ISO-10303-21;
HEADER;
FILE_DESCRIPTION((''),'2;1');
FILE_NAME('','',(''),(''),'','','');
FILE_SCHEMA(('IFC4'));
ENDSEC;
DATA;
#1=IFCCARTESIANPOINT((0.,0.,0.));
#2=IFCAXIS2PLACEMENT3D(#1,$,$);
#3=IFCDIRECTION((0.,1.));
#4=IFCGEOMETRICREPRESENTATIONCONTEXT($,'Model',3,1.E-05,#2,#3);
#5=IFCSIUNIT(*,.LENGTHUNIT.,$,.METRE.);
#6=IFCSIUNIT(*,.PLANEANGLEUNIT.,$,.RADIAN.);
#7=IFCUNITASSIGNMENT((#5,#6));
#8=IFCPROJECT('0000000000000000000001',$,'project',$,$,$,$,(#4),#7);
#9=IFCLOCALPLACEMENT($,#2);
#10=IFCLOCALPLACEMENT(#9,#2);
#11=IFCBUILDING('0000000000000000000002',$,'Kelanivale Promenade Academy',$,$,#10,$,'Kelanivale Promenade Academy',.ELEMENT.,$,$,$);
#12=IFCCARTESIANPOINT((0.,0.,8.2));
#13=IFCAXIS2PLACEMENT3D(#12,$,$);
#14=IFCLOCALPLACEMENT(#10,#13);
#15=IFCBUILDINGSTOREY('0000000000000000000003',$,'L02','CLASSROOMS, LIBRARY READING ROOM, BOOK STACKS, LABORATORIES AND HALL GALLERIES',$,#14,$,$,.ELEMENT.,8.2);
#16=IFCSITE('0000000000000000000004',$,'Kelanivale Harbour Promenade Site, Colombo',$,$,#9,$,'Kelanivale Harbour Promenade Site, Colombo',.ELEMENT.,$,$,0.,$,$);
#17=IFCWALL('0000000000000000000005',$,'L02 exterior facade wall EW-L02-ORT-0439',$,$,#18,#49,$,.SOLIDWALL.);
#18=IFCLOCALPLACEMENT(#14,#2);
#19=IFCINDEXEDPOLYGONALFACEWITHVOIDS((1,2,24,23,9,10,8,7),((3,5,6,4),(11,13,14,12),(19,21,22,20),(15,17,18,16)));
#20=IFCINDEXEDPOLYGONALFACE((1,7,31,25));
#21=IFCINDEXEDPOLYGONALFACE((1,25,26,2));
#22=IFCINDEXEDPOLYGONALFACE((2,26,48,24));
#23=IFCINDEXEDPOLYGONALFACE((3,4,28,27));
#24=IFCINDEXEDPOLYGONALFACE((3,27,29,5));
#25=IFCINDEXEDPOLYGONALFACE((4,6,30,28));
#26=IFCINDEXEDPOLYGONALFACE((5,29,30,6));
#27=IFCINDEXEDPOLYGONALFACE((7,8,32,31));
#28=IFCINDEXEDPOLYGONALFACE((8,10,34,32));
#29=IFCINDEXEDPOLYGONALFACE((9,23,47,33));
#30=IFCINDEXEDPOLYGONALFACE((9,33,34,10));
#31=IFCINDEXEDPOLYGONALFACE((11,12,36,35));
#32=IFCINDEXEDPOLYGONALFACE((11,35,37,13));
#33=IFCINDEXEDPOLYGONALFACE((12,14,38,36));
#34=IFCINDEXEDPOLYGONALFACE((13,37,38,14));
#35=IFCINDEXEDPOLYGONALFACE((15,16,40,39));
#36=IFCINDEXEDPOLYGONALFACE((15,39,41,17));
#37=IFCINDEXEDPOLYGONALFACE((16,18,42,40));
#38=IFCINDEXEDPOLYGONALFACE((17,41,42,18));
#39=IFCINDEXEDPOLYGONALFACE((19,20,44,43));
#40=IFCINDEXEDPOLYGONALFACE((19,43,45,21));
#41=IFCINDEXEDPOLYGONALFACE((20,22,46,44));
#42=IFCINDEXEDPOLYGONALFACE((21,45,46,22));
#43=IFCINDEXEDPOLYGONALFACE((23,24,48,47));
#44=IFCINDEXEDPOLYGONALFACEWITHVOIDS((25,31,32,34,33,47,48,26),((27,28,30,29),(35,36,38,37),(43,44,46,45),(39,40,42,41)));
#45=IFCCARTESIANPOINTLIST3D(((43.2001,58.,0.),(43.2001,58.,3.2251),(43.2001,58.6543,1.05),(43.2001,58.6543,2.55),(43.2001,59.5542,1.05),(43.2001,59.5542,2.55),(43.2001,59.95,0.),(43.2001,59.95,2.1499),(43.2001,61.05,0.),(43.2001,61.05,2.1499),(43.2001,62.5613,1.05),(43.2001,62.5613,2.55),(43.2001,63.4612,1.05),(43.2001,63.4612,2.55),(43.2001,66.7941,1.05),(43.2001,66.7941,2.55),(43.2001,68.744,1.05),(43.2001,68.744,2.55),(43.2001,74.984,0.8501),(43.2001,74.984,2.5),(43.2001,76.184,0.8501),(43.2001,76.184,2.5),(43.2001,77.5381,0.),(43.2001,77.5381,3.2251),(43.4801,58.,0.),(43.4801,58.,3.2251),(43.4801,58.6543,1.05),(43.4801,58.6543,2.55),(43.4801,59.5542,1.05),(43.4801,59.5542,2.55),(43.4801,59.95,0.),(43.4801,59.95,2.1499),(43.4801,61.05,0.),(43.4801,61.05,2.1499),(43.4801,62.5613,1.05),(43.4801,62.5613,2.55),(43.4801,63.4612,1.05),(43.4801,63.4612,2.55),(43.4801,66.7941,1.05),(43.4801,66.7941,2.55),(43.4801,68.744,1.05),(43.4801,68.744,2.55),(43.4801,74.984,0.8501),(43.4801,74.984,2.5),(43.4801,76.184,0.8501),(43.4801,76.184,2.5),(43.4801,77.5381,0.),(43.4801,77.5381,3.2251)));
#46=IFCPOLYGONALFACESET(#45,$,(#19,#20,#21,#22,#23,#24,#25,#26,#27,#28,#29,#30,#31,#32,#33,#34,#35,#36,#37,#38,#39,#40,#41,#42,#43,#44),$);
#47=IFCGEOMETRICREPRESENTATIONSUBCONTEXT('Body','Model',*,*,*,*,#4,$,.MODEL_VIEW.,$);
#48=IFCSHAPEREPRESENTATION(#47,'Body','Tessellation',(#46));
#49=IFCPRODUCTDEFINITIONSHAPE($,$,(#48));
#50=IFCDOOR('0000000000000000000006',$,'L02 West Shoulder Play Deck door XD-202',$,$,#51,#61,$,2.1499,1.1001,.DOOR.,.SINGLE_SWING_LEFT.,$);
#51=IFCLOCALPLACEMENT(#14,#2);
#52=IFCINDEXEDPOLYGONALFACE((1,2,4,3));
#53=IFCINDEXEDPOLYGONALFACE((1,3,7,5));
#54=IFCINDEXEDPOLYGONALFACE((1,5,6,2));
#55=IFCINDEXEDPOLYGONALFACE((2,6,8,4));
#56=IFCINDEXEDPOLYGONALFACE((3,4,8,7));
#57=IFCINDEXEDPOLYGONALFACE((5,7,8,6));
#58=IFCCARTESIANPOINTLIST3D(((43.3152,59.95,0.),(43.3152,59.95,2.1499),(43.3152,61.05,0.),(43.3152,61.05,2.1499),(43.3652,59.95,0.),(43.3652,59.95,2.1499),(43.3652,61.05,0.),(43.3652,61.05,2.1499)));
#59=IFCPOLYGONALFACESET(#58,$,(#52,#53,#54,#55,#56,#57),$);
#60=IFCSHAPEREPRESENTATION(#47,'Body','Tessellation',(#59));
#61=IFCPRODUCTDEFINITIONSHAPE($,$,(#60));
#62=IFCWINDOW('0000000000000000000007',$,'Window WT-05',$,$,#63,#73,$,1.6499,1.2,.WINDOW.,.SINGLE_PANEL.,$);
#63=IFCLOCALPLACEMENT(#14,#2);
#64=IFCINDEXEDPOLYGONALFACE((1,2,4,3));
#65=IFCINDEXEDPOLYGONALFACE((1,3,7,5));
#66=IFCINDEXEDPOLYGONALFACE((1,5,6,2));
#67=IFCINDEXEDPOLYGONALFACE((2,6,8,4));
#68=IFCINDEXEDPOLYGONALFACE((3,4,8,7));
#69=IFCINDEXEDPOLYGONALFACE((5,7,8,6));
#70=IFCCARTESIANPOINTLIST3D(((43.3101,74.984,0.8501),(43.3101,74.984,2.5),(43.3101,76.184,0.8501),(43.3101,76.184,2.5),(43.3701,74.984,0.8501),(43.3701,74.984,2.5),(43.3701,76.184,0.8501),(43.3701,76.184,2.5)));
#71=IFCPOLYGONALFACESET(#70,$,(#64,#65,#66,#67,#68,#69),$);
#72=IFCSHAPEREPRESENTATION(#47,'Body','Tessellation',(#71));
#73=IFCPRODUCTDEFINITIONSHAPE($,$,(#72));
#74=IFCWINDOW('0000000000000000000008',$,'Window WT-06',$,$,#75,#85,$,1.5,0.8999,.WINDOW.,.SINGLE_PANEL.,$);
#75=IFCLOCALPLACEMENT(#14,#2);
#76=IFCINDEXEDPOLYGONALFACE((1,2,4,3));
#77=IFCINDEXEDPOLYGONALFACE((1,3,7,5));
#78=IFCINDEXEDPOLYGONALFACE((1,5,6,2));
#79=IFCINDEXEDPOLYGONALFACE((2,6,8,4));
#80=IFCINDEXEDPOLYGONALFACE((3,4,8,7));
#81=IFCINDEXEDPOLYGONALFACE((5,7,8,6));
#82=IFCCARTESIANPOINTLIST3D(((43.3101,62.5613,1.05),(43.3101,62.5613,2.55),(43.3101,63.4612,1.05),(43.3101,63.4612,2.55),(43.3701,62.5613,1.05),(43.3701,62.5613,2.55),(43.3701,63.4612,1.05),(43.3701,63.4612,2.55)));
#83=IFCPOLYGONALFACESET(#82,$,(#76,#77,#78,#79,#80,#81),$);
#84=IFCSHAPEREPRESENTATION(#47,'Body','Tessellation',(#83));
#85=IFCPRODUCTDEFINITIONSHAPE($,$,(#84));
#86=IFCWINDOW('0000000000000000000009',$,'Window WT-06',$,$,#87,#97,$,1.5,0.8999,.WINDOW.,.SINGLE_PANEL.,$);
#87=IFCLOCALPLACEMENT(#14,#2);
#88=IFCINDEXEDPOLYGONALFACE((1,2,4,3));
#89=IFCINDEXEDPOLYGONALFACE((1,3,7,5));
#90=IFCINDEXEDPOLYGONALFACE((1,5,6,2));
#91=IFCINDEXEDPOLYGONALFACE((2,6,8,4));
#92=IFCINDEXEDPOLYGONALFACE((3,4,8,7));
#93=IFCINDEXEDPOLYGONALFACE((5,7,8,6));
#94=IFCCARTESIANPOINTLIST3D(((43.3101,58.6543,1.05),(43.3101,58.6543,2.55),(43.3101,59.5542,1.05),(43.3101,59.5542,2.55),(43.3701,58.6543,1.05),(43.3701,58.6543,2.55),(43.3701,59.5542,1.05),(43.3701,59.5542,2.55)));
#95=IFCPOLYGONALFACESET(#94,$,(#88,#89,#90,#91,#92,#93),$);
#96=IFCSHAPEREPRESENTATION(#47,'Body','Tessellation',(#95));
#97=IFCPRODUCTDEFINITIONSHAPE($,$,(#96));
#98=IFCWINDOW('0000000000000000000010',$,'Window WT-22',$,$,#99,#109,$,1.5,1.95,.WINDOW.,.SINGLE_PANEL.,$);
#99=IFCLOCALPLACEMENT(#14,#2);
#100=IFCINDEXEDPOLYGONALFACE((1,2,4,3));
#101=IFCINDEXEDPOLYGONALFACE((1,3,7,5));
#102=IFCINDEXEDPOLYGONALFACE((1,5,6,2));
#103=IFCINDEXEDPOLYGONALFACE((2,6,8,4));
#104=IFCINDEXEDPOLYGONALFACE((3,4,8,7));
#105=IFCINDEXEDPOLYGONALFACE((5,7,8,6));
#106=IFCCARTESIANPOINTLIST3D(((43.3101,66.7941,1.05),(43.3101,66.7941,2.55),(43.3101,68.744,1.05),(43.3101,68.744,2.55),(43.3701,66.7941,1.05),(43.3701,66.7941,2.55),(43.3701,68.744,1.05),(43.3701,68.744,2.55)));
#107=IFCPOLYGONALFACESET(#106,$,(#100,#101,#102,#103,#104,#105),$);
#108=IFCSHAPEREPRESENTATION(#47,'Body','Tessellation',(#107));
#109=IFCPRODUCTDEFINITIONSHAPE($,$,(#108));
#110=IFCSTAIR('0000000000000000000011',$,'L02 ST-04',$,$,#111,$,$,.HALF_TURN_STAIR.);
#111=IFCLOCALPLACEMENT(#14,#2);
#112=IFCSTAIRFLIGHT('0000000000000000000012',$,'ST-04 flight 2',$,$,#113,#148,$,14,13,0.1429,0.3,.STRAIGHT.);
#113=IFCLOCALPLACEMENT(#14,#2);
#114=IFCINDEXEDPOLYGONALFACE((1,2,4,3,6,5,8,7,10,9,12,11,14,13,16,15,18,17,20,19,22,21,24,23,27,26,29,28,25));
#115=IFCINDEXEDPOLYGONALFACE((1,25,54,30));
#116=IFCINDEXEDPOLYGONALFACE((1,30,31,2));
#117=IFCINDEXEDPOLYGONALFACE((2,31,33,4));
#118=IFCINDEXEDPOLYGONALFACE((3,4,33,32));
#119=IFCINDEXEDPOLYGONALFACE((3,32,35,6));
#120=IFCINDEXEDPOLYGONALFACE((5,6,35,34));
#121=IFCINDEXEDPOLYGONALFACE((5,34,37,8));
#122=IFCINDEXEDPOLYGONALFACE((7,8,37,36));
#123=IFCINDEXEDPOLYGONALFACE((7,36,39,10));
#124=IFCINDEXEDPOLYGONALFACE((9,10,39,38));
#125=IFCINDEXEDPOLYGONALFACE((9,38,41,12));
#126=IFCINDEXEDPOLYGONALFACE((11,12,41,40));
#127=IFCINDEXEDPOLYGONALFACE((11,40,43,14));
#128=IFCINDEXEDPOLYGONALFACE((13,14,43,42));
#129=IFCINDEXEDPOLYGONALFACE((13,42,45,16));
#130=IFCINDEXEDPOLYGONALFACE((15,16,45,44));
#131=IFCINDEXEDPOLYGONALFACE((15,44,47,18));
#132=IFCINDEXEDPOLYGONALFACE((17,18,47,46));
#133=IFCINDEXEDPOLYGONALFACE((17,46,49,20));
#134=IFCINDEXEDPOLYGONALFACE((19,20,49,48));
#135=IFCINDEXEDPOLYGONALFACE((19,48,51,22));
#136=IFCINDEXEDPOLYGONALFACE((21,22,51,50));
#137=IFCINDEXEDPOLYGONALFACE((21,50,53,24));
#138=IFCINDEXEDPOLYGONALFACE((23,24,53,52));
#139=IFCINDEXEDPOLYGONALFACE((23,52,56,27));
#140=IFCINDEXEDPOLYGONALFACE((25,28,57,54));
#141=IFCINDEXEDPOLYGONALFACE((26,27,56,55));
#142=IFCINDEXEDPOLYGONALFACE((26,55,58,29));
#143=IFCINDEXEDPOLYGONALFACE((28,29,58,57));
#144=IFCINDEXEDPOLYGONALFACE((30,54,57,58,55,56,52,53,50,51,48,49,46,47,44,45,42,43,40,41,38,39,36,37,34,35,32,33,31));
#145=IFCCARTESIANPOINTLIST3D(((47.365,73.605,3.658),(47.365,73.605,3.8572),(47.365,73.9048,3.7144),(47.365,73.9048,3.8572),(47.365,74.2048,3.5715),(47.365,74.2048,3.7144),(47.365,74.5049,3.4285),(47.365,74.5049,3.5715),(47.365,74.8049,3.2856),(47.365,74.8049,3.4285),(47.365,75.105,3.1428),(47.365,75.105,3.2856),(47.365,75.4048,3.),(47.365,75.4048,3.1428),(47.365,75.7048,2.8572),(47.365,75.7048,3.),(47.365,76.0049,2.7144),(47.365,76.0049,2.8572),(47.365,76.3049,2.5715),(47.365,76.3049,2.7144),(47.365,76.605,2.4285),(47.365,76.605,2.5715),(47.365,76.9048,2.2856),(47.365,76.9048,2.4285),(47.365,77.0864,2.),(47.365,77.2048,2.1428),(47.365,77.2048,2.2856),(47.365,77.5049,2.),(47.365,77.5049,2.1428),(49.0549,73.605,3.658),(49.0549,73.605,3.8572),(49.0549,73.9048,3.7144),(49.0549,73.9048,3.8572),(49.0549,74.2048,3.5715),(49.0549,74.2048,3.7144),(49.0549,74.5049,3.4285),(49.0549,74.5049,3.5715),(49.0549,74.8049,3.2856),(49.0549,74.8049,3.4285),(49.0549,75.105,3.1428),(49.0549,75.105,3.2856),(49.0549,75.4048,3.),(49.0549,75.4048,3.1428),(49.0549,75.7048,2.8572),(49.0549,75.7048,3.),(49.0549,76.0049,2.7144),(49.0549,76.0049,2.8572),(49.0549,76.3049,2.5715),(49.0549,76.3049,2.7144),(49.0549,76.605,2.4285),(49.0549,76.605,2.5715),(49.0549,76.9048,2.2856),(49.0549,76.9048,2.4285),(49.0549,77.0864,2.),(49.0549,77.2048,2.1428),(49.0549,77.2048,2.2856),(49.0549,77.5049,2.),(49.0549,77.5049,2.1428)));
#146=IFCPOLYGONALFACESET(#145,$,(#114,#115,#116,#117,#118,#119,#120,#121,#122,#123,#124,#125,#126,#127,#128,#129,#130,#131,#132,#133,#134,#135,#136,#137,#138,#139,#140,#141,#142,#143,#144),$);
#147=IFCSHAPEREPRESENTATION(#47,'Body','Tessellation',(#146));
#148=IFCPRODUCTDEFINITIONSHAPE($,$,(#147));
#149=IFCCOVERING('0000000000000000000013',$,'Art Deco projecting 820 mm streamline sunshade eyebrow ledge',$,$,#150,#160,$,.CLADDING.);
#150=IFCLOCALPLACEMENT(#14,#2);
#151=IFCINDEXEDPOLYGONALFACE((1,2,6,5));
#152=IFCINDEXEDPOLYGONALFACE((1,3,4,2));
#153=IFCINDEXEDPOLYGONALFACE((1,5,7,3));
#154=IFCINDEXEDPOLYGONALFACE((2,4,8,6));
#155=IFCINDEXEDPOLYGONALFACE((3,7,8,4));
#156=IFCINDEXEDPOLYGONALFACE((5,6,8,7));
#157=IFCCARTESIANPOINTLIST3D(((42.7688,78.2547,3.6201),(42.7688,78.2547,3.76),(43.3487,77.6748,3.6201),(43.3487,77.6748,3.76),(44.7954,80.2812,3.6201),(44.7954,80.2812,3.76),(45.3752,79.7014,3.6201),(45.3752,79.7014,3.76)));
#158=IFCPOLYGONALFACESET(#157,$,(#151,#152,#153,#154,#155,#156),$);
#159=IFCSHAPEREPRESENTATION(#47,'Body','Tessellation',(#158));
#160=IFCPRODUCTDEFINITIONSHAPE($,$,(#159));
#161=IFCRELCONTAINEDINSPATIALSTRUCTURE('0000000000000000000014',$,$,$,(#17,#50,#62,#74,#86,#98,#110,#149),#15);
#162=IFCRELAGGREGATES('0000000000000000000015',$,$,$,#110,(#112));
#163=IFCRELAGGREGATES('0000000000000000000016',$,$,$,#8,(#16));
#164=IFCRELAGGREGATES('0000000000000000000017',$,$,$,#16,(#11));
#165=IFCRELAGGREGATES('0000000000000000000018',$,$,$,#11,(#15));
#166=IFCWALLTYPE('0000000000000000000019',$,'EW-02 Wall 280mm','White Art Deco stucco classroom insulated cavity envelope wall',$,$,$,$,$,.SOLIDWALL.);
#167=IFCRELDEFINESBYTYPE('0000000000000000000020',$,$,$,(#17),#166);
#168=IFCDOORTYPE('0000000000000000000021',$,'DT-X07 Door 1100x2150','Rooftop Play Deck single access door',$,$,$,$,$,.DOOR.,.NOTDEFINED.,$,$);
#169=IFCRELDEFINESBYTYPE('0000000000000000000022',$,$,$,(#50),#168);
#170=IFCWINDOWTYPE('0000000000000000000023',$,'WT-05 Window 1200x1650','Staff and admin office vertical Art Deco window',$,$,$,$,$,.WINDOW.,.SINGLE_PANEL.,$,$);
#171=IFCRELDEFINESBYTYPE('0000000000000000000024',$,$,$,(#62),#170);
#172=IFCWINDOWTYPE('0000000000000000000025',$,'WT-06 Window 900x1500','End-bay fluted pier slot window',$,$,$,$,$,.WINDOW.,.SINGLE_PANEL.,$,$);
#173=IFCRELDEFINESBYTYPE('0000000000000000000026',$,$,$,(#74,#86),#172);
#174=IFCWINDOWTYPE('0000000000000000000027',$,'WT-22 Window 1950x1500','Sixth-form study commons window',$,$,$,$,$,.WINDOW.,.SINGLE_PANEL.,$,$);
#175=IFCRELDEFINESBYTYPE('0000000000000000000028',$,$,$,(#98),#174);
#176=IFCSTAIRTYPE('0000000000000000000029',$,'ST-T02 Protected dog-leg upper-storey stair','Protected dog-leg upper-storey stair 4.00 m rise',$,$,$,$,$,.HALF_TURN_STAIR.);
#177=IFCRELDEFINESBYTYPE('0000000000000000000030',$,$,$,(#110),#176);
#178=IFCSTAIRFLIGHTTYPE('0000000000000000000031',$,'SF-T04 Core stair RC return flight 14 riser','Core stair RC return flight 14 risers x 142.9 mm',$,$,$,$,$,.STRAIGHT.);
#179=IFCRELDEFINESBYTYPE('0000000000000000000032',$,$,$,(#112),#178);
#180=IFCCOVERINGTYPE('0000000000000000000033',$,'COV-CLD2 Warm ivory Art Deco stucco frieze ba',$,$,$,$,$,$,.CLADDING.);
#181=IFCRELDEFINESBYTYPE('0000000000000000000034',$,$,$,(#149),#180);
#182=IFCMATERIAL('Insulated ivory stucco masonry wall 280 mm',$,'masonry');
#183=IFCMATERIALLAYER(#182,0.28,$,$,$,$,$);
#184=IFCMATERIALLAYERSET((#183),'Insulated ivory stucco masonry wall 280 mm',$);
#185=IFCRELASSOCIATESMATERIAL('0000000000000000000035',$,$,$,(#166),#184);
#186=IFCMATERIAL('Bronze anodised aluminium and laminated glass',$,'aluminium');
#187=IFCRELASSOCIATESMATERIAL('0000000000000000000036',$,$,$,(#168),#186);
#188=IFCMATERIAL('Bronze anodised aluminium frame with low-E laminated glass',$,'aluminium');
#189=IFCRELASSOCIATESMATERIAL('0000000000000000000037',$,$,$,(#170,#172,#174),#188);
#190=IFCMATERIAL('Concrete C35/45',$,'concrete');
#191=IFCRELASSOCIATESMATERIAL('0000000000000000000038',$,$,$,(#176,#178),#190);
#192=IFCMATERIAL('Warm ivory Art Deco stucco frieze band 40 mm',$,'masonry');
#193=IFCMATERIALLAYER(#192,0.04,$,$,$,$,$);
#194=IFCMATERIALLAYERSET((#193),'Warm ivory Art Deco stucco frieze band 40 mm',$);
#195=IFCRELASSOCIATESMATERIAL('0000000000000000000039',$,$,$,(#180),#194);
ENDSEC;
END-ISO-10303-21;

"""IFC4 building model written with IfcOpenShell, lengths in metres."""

from ifc_helpers import new_model, si_unit, direction, frame, frame_2d, origin, origin_2d, place, context, subcontext, project, spatial, polyline, rectangle, outline, extrude, material, layer, layer_set, type_object, element, fill, aggregate, save


model = new_model("IFC4")

# Units and contexts
model_context = context("Model", 3, precision=1e-05, world=origin(), true_north=direction((0.0, 1.0)))
body_context = subcontext(model_context, "Body", "Model", "MODEL_VIEW")
ifc_project = project(units=[si_unit("LENGTHUNIT", "METRE"), si_unit("PLANEANGLEUNIT", "RADIAN")], contexts=[model_context])

# Site, building, storey
site_placement = place(None, origin())
site = spatial("IfcSite", under=ifc_project, at=site_placement, Name="Kelanivale Harbour Promenade Site, Colombo", LongName="Kelanivale Harbour Promenade Site, Colombo", CompositionType="ELEMENT", RefElevation=0.0)
building_placement = place(site_placement, origin())
building = spatial("IfcBuilding", under=site, at=building_placement, Name="Kelanivale Promenade Academy", LongName="Kelanivale Promenade Academy", CompositionType="ELEMENT")
storey_placement = place(building_placement, frame((0.0, 0.0, 8.2)))
storey = spatial("IfcBuildingStorey", under=building, at=storey_placement, Name="L02", Description="CLASSROOMS, LIBRARY READING ROOM, BOOK STACKS, LABORATORIES AND HALL GALLERIES", CompositionType="ELEMENT", Elevation=8.2)

# Shared definitions
ifc_material_1 = material(Name="Insulated ivory stucco masonry wall 280 mm", Category="masonry")
ifc_layer_1 = layer(ifc_material_1, 0.28)
ifc_layer_set_1 = layer_set([ifc_layer_1], Name="Insulated ivory stucco masonry wall 280 mm")
wall_type_1 = type_object("IfcWallType", Name="EW-02 Wall 280mm", Description="White Art Deco stucco classroom insulated cavity envelope wall", PredefinedType="SOLIDWALL", material=ifc_layer_set_1)

# Shared definitions
ifc_material_2 = material(Name="Bronze anodised aluminium frame with low-E laminated glass", Category="aluminium")

# Wall, openings, door, windows
wall_1_placement = place(storey_placement, frame((43.3401, 77.5381, 0.0), z_axis=(0.0, 0.0, 1.0), x_axis=(0.0, -1.0, 0.0)))
wall_1 = element("IfcWall", 1, at=wall_1_placement, inside=storey, type_object=wall_type_1, Name="L02 exterior facade wall EW-L02-ORT-0439", PredefinedType="SOLIDWALL", context=body_context, shape_type="SweptSolid", body=[
    extrude(rectangle(XDim=19.5381, YDim=0.28, at=frame_2d((9.769, 0.0))), origin(), (0.0, 0.0, 1.0), 3.2251),
])
opening_1_placement = place(wall_1_placement, frame((16.488, 0.0, 0.0)))
opening_1 = element("IfcOpeningElement", 2, at=opening_1_placement, cuts=wall_1, PredefinedType="OPENING", context=body_context, shape_type="SweptSolid", body=[
    extrude(rectangle(XDim=1.1001, YDim=2.1499, at=frame_2d((0.55, 1.075))), frame((0.0, 0.1499, 0.0), z_axis=(0.0, -1.0, 0.0), x_axis=(1.0, 0.0, 0.0)), (0.0, 0.0, 1.0), 0.3),
])
opening_2_placement = place(wall_1_placement, frame((1.354, 0.0, 0.8501)))
opening_2 = element("IfcOpeningElement", 3, at=opening_2_placement, cuts=wall_1, PredefinedType="OPENING", context=body_context, shape_type="SweptSolid", body=[
    extrude(rectangle(XDim=1.2, YDim=1.6499, at=frame_2d((0.6001, 0.825))), frame((0.0, 0.1499, 0.0), z_axis=(0.0, -1.0, 0.0), x_axis=(1.0, 0.0, 0.0)), (0.0, 0.0, 1.0), 0.3),
])
opening_3_placement = place(wall_1_placement, frame((8.7939, 0.0, 1.05)))
opening_3 = element("IfcOpeningElement", 4, at=opening_3_placement, cuts=wall_1, PredefinedType="OPENING", context=body_context, shape_type="SweptSolid", body=[
    extrude(rectangle(XDim=1.95, YDim=1.5, at=frame_2d((0.9751, 0.75))), frame((0.0, 0.1499, 0.0), z_axis=(0.0, -1.0, 0.0), x_axis=(1.0, 0.0, 0.0)), (0.0, 0.0, 1.0), 0.3),
])
opening_4_placement = place(wall_1_placement, frame((14.0769, 0.0, 1.05)))
opening_4 = element("IfcOpeningElement", 5, at=opening_4_placement, cuts=wall_1, PredefinedType="OPENING", context=body_context, shape_type="SweptSolid", body=[
    extrude(rectangle(XDim=0.8999, YDim=1.5, at=frame_2d((0.45, 0.75))), frame((0.0, 0.1499, 0.0), z_axis=(0.0, -1.0, 0.0), x_axis=(1.0, 0.0, 0.0)), (0.0, 0.0, 1.0), 0.3),
])
opening_5_placement = place(wall_1_placement, frame((17.9839, 0.0, 1.05)))
opening_5 = element("IfcOpeningElement", 6, at=opening_5_placement, cuts=wall_1, PredefinedType="OPENING", context=body_context, shape_type="SweptSolid", body=[
    extrude(rectangle(XDim=0.8999, YDim=1.5, at=frame_2d((0.45, 0.75))), frame((0.0, 0.1499, 0.0), z_axis=(0.0, -1.0, 0.0), x_axis=(1.0, 0.0, 0.0)), (0.0, 0.0, 1.0), 0.3),
])
ifc_material_3 = material(Name="Bronze anodised aluminium and laminated glass", Category="aluminium")
door_type_1 = type_object("IfcDoorType", Name="DT-X07 Door 1100x2150", Description="Rooftop Play Deck single access door", OperationType="NOTDEFINED", PredefinedType="DOOR", material=ifc_material_3)
door_1_placement = place(opening_1_placement, frame((1.1001, 0.0, 0.0), z_axis=(0.0, 0.0, 1.0), x_axis=(-1.0, 0.0, 0.0)))
door_1 = element("IfcDoor", 7, at=door_1_placement, inside=storey, type_object=door_type_1, Name="L02 West Shoulder Play Deck door XD-202", OperationType="SINGLE_SWING_LEFT", OverallHeight=2.1499, OverallWidth=1.1001, PredefinedType="DOOR", context=body_context, shape_type="SweptSolid", body=[
    extrude(rectangle(XDim=1.1001, YDim=2.1499, at=frame_2d((0.55, 1.075))), frame((0.0, 0.0249, 0.0), z_axis=(0.0, -1.0, 0.0), x_axis=(1.0, 0.0, 0.0)), (0.0, 0.0, 1.0), 0.05),
])
fill(opening_1, door_1)
window_type_1 = type_object("IfcWindowType", Name="WT-05 Window 1200x1650", Description="Staff and admin office vertical Art Deco window", PartitioningType="SINGLE_PANEL", PredefinedType="WINDOW", material=ifc_material_2)
window_1_placement = place(opening_2_placement, origin())
window_1 = element("IfcWindow", 8, at=window_1_placement, inside=storey, type_object=window_type_1, Name="Window WT-05", OverallHeight=1.6499, OverallWidth=1.2, PartitioningType="SINGLE_PANEL", PredefinedType="WINDOW", context=body_context, shape_type="SweptSolid", body=[
    extrude(rectangle(XDim=1.2, YDim=1.6499, at=frame_2d((0.6001, 0.825))), frame((0.0, 0.03, 0.0), z_axis=(0.0, -1.0, 0.0), x_axis=(1.0, 0.0, 0.0)), (0.0, 0.0, 1.0), 0.0601),
])
fill(opening_2, window_1)
window_type_2 = type_object("IfcWindowType", Name="WT-06 Window 900x1500", Description="End-bay fluted pier slot window", PartitioningType="SINGLE_PANEL", PredefinedType="WINDOW", material=ifc_material_2)
window_2_placement = place(opening_4_placement, origin())
window_2 = element("IfcWindow", 9, at=window_2_placement, inside=storey, type_object=window_type_2, Name="Window WT-06", OverallHeight=1.5, OverallWidth=0.8999, PartitioningType="SINGLE_PANEL", PredefinedType="WINDOW", context=body_context, shape_type="SweptSolid", body=[
    extrude(rectangle(XDim=0.8999, YDim=1.5, at=frame_2d((0.45, 0.75))), frame((0.0, 0.03, 0.0), z_axis=(0.0, -1.0, 0.0), x_axis=(1.0, 0.0, 0.0)), (0.0, 0.0, 1.0), 0.0601),
])
fill(opening_4, window_2)
window_3_placement = place(opening_5_placement, origin())
window_3 = element("IfcWindow", 10, at=window_3_placement, inside=storey, type_object=window_type_2, Name="Window WT-06", OverallHeight=1.5, OverallWidth=0.8999, PartitioningType="SINGLE_PANEL", PredefinedType="WINDOW", context=body_context, shape_type="SweptSolid", body=[
    extrude(rectangle(XDim=0.8999, YDim=1.5, at=frame_2d((0.45, 0.75))), frame((0.0, 0.03, 0.0), z_axis=(0.0, -1.0, 0.0), x_axis=(1.0, 0.0, 0.0)), (0.0, 0.0, 1.0), 0.0601),
])
fill(opening_5, window_3)
window_type_3 = type_object("IfcWindowType", Name="WT-22 Window 1950x1500", Description="Sixth-form study commons window", PartitioningType="SINGLE_PANEL", PredefinedType="WINDOW", material=ifc_material_2)
window_4_placement = place(opening_3_placement, origin())
window_4 = element("IfcWindow", 11, at=window_4_placement, inside=storey, type_object=window_type_3, Name="Window WT-22", OverallHeight=1.5, OverallWidth=1.95, PartitioningType="SINGLE_PANEL", PredefinedType="WINDOW", context=body_context, shape_type="SweptSolid", body=[
    extrude(rectangle(XDim=1.95, YDim=1.5, at=frame_2d((0.9751, 0.75))), frame((0.0, 0.03, 0.0), z_axis=(0.0, -1.0, 0.0), x_axis=(1.0, 0.0, 0.0)), (0.0, 0.0, 1.0), 0.0601),
])
fill(opening_3, window_4)

# Stair, stair flight
ifc_material_4 = material(Name="Concrete C35/45", Category="concrete")
stair_type = type_object("IfcStairType", Name="ST-T02 Protected dog-leg upper-storey stair", Description="Protected dog-leg upper-storey stair 4.00 m rise", PredefinedType="HALF_TURN_STAIR", material=ifc_material_4)
stair_placement = place(storey_placement, origin())
stair = element("IfcStair", 12, at=stair_placement, inside=storey, type_object=stair_type, Name="L02 ST-04", PredefinedType="HALF_TURN_STAIR")
stair_flight_type = type_object("IfcStairFlightType", Name="SF-T04 Core stair RC return flight 14 riser", Description="Core stair RC return flight 14 risers x 142.9 mm", PredefinedType="STRAIGHT", material=ifc_material_4)
stair_flight_placement = place(storey_placement, frame((48.21, 77.5049, 2.0), z_axis=(0.0, 0.0, 1.0), x_axis=(0.0, -1.0, 0.0)))
stair_flight = element("IfcStairFlight", 13, at=stair_flight_placement, type_object=stair_flight_type, Name="ST-04 flight 2", NumberOfRisers=14, NumberOfTreads=13, PredefinedType="STRAIGHT", RiserHeight=0.1429, TreadLength=0.3, context=body_context, shape_type="SweptSolid", body=[
    extrude(outline(polyline([(0.0, 0.0), (0.0, 0.1428), (0.3, 0.1428), (0.3, 0.2856), (0.6001, 0.2856), (0.6001, 0.4285), (0.8999, 0.4285), (0.8999, 0.5715), (1.2, 0.5715), (1.2, 0.7144), (1.5, 0.7144), (1.5, 0.8572), (1.8, 0.8572), (1.8, 1.0), (2.1001, 1.0), (2.1001, 1.1428), (2.3999, 1.1428), (2.3999, 1.2856), (2.7, 1.2856), (2.7, 1.4285), (3.0, 1.4285), (3.0, 1.5715), (3.3, 1.5715), (3.3, 1.7144), (3.6001, 1.7144), (3.6001, 1.8572), (3.8999, 1.8572), (3.8999, 2.0), (3.8999, 1.658), (0.4185, 0.0), (0.0, 0.0)])), frame((0.0, 0.845, 0.0), z_axis=(0.0, -1.0, 0.0), x_axis=(1.0, 0.0, 0.0)), (0.0, 0.0, 1.0), 1.6899),
])
aggregate(stair, [stair_flight])

# Covering
ifc_material_5 = material(Name="Warm ivory Art Deco stucco frieze band 40 mm", Category="masonry")
ifc_layer_2 = layer(ifc_material_5, 0.04)
ifc_layer_set_2 = layer_set([ifc_layer_2], Name="Warm ivory Art Deco stucco frieze band 40 mm")
covering_type = type_object("IfcCoveringType", Name="COV-CLD2 Warm ivory Art Deco stucco frieze ba", PredefinedType="CLADDING", material=ifc_layer_set_2)
covering_1_placement = place(storey_placement, frame((44.072, 78.978, 3.6201), z_axis=(0.0, 0.0, 1.0), x_axis=(-0.707107, -0.707107, 0.0)))
element("IfcCovering", 14, at=covering_1_placement, inside=storey, type_object=covering_type, Name="Art Deco projecting 820 mm streamline sunshade eyebrow ledge", PredefinedType="CLADDING", context=body_context, shape_type="SweptSolid", body=[
    extrude(rectangle(XDim=2.866, YDim=0.8201, at=origin_2d()), origin(), (0.0, 0.0, 1.0), 0.1399),
])

save(model, "model.ifc")
